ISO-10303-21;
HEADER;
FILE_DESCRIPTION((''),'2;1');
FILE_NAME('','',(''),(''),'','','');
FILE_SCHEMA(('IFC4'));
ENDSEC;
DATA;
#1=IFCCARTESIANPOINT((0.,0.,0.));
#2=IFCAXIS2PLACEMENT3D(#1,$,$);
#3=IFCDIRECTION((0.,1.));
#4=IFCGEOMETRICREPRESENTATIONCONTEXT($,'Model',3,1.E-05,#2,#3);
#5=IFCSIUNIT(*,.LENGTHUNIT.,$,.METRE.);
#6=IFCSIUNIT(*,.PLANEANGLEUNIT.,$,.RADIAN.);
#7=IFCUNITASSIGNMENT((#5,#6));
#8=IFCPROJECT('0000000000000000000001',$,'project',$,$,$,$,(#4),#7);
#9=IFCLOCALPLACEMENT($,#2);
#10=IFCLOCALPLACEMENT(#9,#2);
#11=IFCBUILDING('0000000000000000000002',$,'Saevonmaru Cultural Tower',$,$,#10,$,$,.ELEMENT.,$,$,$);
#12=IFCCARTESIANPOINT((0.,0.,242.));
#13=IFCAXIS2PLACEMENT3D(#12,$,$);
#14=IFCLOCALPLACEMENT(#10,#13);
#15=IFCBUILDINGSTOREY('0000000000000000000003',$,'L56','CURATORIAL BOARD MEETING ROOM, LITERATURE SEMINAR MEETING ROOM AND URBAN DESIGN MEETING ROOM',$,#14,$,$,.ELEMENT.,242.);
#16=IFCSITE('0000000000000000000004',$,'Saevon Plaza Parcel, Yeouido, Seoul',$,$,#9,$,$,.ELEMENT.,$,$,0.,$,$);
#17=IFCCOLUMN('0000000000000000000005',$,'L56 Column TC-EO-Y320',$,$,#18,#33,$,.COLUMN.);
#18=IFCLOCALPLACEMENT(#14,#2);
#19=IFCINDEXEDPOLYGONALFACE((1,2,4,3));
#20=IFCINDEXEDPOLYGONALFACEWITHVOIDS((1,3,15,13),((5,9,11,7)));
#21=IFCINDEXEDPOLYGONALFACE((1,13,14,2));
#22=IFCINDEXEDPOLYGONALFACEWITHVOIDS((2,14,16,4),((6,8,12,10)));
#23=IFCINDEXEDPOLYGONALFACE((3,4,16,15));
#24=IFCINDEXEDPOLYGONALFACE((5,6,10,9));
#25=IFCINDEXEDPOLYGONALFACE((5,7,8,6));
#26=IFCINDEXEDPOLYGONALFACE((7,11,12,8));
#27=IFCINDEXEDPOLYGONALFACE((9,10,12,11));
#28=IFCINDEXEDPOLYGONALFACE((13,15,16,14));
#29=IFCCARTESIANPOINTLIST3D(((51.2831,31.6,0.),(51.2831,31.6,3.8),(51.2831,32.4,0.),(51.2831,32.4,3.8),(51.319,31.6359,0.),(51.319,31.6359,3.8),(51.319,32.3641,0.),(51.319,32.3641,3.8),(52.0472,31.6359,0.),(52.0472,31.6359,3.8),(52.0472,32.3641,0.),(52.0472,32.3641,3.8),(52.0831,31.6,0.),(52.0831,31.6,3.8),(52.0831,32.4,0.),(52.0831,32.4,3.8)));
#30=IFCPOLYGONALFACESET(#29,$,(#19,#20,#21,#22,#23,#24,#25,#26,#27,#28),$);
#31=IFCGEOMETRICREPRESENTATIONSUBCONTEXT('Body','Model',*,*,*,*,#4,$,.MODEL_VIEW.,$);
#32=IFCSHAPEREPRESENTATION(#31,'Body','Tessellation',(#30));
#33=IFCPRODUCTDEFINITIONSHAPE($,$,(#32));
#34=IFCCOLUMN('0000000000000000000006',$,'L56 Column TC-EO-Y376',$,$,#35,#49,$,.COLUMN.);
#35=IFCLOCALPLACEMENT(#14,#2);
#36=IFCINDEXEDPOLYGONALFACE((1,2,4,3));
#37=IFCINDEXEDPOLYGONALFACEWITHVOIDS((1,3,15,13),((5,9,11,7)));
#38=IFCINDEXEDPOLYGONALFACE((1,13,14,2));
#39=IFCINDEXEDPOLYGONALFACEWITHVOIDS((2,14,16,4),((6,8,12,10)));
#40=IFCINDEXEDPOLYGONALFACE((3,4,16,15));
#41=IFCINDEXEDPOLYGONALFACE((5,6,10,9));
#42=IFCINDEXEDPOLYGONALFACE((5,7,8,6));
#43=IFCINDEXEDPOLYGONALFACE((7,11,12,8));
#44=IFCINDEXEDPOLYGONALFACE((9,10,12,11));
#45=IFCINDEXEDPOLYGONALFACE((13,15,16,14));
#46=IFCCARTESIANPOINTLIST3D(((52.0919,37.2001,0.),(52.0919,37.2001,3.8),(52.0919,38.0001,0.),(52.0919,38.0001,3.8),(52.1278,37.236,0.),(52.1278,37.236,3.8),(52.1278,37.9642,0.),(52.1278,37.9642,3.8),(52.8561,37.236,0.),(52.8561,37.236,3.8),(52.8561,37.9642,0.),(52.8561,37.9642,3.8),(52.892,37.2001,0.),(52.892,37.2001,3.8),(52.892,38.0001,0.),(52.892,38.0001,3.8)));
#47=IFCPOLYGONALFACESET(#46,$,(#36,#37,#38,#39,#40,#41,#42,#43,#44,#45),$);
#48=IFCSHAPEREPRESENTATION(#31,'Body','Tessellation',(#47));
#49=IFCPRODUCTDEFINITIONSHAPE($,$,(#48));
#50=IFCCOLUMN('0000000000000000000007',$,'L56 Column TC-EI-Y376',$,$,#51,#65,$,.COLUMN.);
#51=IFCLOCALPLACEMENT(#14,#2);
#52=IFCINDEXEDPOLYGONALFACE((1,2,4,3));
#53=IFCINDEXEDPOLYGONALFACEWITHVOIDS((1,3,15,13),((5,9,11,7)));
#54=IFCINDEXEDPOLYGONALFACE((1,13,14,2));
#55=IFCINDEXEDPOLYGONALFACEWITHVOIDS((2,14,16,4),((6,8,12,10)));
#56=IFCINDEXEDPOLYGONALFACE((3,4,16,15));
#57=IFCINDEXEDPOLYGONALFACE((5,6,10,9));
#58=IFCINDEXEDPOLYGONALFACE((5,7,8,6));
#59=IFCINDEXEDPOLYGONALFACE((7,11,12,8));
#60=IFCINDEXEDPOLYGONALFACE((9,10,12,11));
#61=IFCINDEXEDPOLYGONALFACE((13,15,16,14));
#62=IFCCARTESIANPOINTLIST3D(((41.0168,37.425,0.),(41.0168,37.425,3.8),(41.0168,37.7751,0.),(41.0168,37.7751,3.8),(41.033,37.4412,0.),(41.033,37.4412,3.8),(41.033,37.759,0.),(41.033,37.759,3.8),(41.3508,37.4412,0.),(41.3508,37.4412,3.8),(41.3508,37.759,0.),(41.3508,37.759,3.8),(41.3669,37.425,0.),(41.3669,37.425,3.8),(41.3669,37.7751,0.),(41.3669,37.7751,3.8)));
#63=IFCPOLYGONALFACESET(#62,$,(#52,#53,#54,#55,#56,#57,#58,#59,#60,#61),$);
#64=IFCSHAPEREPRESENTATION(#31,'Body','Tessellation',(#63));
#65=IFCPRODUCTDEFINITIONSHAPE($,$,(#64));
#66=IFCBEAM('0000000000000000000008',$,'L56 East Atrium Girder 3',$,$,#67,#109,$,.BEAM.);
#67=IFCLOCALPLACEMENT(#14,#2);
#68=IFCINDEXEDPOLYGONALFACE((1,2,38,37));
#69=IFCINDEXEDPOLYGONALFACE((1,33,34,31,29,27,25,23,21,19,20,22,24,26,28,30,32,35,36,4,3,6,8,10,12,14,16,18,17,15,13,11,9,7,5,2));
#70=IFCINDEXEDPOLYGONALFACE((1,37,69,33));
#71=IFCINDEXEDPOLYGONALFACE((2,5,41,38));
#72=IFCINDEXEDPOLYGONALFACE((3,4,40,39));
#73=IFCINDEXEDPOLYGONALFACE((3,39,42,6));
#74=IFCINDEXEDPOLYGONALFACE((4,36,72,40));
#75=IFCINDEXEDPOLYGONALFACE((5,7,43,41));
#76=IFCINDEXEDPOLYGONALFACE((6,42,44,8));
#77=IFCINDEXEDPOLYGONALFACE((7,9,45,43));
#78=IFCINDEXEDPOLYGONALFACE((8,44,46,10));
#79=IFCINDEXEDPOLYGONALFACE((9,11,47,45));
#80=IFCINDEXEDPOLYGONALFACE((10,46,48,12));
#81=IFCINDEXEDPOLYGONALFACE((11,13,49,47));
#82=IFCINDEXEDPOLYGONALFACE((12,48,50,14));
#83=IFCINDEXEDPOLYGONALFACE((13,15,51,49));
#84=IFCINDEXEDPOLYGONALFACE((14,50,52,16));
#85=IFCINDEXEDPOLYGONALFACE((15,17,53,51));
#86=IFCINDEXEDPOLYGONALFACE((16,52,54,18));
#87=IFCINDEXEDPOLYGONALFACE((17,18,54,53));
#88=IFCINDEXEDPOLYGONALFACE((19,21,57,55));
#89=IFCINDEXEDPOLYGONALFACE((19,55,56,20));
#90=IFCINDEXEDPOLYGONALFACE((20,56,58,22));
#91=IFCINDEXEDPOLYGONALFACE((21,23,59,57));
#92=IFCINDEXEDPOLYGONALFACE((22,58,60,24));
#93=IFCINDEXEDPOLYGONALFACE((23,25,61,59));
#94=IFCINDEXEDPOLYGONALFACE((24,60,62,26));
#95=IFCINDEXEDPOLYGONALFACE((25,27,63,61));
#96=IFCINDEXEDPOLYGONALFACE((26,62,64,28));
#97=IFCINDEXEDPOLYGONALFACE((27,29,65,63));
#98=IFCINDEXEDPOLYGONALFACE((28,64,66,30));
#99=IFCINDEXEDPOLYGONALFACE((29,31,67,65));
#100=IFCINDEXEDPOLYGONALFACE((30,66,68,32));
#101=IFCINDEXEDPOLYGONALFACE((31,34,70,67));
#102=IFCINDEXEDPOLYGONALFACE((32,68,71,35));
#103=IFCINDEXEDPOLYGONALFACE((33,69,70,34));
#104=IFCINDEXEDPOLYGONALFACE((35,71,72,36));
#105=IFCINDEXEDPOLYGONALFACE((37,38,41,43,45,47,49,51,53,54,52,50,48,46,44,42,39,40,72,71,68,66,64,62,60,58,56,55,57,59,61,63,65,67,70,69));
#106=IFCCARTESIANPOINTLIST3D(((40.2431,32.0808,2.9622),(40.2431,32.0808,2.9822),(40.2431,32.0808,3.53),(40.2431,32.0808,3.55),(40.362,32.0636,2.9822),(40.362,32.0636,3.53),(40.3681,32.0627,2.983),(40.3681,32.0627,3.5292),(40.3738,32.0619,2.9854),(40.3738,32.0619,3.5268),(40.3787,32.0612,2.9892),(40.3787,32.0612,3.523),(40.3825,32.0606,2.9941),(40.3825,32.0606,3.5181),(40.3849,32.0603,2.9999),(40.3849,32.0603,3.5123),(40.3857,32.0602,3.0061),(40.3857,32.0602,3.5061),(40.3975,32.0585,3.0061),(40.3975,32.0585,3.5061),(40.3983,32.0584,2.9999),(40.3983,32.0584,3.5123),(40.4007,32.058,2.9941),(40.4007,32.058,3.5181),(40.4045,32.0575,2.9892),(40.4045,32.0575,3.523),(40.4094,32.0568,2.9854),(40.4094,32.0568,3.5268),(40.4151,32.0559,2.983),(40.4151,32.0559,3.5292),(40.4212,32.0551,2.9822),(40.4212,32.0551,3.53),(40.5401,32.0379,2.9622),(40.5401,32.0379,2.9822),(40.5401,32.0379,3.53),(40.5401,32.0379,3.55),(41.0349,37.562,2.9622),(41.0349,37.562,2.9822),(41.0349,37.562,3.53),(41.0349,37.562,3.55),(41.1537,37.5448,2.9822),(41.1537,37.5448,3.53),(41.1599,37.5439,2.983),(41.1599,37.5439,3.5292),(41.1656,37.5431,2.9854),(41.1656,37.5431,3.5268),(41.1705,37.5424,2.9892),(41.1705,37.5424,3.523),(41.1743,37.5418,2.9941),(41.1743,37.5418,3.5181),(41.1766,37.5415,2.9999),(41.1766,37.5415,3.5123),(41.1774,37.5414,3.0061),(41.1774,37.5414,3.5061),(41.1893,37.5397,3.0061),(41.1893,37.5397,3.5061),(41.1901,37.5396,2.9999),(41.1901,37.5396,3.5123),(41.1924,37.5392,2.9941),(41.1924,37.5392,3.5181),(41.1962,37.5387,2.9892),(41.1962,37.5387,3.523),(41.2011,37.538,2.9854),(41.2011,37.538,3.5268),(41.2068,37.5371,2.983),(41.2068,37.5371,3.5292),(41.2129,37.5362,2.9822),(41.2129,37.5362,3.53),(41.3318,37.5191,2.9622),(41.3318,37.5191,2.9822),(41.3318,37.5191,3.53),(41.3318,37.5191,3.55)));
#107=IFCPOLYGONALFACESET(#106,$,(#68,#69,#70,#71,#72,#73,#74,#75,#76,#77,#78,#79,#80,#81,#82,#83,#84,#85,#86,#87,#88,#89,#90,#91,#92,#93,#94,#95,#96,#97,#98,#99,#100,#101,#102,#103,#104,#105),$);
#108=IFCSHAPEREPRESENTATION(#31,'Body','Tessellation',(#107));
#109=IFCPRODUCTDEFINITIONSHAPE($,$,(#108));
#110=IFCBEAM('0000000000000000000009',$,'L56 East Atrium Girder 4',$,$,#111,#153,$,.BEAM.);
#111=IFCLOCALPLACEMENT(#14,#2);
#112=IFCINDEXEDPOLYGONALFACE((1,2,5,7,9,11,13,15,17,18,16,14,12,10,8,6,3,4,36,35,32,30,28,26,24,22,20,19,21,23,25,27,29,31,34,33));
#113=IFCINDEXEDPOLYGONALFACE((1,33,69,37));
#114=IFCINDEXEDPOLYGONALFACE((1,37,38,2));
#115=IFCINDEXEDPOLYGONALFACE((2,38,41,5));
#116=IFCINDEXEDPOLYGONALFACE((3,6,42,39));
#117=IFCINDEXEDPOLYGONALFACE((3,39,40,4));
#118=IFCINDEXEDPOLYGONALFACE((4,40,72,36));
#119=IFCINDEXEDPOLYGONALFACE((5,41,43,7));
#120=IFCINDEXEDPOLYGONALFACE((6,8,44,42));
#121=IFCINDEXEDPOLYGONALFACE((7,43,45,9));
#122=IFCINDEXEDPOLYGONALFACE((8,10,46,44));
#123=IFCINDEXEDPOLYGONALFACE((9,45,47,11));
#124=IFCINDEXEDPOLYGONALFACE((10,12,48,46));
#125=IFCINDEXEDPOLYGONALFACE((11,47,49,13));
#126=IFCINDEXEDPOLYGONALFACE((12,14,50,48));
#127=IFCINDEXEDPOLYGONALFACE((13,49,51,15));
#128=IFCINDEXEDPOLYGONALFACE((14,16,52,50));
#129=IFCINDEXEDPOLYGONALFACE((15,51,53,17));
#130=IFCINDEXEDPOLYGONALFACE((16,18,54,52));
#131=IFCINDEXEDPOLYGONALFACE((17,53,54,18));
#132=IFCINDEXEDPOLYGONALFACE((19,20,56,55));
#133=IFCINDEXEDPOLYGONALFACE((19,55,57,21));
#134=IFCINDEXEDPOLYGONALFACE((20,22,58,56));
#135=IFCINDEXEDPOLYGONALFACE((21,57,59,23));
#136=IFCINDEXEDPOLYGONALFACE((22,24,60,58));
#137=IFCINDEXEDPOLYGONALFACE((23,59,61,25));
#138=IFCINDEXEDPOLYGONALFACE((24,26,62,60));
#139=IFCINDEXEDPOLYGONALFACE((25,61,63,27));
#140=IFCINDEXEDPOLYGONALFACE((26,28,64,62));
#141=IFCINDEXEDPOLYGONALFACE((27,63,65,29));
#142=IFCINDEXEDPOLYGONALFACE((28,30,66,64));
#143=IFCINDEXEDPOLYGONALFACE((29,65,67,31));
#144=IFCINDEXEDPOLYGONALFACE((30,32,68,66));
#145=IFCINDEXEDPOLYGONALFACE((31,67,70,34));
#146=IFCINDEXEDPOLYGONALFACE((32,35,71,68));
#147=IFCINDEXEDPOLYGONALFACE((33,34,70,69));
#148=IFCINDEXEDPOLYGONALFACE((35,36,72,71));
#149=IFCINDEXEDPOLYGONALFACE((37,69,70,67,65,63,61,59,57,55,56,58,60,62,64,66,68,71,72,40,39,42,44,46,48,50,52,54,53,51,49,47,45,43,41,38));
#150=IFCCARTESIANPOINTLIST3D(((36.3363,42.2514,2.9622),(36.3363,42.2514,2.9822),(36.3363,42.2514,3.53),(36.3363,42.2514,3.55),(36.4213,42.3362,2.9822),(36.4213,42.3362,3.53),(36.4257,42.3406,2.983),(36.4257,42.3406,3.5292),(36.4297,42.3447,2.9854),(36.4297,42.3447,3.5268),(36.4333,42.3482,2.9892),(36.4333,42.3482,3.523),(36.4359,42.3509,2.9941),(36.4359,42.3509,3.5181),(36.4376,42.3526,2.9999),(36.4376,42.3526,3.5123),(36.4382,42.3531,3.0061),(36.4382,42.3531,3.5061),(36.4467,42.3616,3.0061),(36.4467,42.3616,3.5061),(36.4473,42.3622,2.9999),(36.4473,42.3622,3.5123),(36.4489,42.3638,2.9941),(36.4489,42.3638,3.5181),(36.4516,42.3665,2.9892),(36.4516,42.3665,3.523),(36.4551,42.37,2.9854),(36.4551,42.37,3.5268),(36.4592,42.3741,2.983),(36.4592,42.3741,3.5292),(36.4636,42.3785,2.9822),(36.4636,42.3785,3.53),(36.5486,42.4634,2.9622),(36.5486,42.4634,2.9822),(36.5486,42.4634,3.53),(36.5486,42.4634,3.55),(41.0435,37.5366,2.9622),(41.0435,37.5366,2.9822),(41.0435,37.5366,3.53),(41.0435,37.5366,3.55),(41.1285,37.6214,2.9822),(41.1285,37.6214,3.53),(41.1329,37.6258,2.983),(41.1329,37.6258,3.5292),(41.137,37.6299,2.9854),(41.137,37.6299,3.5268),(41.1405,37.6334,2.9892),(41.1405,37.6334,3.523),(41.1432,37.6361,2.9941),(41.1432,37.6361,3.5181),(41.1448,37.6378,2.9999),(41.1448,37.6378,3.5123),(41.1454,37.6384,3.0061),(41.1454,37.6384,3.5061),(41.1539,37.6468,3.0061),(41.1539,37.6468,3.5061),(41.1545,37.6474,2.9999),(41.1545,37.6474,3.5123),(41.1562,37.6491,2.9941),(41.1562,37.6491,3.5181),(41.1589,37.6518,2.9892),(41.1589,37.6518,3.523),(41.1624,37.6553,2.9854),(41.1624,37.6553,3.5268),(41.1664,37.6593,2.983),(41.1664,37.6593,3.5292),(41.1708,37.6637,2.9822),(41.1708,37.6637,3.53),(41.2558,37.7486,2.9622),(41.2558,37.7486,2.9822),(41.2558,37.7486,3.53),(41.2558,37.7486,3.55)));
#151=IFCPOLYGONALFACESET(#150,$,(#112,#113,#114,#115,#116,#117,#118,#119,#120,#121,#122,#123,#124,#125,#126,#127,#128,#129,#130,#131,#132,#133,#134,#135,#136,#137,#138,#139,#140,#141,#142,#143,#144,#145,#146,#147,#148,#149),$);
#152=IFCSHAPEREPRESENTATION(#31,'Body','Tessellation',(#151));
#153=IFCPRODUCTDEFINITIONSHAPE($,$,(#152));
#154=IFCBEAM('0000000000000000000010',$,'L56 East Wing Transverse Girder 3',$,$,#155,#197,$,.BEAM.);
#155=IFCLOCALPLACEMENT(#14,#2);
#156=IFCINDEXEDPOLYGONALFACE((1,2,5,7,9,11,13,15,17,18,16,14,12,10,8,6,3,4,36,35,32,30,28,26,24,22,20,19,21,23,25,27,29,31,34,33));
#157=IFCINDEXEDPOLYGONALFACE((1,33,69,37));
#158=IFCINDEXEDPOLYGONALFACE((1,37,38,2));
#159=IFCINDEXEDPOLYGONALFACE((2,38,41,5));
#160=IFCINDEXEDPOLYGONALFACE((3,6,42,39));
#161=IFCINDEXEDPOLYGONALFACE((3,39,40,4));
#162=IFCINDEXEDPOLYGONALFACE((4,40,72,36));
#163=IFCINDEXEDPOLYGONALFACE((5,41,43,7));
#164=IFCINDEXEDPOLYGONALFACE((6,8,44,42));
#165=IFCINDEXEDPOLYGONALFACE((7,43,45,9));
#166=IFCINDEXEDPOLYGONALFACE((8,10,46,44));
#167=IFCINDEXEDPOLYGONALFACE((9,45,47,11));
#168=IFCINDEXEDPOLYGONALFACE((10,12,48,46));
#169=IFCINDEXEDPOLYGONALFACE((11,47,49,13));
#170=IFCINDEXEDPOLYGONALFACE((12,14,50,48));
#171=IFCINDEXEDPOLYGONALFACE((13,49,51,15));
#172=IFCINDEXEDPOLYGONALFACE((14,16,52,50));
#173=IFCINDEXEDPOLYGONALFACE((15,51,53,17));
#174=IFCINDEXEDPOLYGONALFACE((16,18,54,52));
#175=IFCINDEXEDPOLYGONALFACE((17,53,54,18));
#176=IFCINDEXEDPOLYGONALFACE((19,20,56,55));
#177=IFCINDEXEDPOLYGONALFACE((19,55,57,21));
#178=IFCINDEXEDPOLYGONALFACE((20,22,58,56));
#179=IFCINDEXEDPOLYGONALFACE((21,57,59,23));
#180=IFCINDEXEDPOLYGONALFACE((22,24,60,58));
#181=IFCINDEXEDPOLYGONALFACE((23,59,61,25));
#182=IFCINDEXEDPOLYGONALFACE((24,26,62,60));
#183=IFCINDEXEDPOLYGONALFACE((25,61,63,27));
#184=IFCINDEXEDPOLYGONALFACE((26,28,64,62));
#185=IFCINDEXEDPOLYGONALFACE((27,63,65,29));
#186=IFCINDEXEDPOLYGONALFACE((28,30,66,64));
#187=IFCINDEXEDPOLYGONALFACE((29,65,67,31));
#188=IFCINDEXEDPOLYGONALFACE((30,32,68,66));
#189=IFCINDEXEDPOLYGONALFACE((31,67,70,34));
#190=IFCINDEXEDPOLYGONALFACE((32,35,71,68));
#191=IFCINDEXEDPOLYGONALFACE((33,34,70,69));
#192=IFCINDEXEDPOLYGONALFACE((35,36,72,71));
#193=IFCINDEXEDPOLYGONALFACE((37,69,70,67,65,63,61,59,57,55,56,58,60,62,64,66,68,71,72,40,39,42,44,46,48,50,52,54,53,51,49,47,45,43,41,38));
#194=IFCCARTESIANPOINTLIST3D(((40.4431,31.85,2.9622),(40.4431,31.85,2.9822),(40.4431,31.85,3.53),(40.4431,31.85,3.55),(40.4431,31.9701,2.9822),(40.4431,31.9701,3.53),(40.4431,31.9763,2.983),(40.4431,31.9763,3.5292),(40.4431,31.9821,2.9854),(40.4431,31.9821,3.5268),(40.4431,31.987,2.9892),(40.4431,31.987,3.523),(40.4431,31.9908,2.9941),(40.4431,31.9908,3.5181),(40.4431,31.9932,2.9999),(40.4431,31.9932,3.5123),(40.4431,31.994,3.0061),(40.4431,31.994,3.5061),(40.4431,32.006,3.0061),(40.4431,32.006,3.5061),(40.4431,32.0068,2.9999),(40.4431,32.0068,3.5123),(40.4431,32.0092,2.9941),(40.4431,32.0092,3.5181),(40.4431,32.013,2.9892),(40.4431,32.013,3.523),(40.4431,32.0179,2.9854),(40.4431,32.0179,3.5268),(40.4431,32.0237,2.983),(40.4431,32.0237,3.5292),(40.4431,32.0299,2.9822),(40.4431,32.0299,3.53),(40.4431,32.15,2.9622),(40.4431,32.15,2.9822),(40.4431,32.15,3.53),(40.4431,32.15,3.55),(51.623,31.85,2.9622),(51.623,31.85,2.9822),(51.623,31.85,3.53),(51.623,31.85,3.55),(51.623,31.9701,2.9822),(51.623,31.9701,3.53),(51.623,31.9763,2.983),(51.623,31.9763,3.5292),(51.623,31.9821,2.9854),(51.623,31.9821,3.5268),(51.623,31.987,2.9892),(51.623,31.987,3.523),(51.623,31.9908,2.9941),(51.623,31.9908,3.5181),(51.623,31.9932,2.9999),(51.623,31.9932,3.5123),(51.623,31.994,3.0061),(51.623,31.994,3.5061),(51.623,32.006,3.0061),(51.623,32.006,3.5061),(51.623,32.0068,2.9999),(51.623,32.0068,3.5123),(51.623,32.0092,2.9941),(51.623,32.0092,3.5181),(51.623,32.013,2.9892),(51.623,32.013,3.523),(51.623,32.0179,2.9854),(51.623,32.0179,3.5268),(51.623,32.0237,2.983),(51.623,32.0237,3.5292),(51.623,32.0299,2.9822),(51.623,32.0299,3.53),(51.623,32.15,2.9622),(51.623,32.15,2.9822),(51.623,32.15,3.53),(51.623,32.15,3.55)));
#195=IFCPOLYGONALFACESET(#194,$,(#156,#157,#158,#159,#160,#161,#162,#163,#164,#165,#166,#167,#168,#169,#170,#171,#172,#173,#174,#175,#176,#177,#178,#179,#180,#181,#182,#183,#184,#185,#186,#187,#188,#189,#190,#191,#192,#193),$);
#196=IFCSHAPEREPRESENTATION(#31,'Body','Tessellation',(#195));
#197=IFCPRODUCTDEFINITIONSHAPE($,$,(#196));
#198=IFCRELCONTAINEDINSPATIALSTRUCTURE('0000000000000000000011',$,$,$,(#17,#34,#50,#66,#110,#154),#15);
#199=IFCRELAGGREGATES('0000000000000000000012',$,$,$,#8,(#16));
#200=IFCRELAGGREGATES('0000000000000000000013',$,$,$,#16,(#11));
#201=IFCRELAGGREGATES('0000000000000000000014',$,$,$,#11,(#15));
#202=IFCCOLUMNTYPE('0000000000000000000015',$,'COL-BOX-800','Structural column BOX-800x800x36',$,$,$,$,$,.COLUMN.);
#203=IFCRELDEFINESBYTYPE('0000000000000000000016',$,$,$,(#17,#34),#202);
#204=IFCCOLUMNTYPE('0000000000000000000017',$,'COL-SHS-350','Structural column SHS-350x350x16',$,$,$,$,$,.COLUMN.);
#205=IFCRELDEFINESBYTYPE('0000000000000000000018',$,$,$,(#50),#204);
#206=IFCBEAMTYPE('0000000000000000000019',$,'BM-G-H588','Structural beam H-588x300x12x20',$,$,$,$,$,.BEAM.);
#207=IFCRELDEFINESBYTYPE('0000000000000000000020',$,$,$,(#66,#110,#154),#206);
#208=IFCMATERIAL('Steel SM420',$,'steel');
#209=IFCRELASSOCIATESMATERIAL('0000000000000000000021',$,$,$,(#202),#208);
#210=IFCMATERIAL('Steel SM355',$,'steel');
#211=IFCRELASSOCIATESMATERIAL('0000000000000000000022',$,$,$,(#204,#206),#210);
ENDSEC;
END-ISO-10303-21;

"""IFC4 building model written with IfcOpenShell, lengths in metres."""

from ifc_helpers import new_model, si_unit, direction, frame, origin, origin_2d, place, context, subcontext, project, spatial, hollow_rectangle, i_section, extrude, material, material_profile, profile_set, type_object, element, save


model = new_model("IFC4")

# Units and contexts
model_context = context("Model", 3, precision=1e-05, world=origin(), true_north=direction((0.0, 1.0)))
body_context = subcontext(model_context, "Body", "Model", "MODEL_VIEW")
ifc_project = project(units=[si_unit("LENGTHUNIT", "METRE"), si_unit("PLANEANGLEUNIT", "RADIAN")], contexts=[model_context])

# Site, building, storey
site_placement = place(None, origin())
site = spatial("IfcSite", under=ifc_project, at=site_placement, Name="Saevon Plaza Parcel, Yeouido, Seoul", CompositionType="ELEMENT", RefElevation=0.0)
building_placement = place(site_placement, origin())
building = spatial("IfcBuilding", under=site, at=building_placement, Name="Saevonmaru Cultural Tower", CompositionType="ELEMENT")
storey_placement = place(building_placement, frame((0.0, 0.0, 242.0)))
storey = spatial("IfcBuildingStorey", under=building, at=storey_placement, Name="L56", Description="CURATORIAL BOARD MEETING ROOM, LITERATURE SEMINAR MEETING ROOM AND URBAN DESIGN MEETING ROOM", CompositionType="ELEMENT", Elevation=242.0)

# Columns
ifc_material_1 = material(Name="Steel SM420", Category="steel")
ifc_material_profile_1 = material_profile(ifc_material_1, hollow_rectangle(XDim=0.8, YDim=0.8, WallThickness=0.0359, at=origin_2d()), Name="BOX-800x800x36")
ifc_profile_set_1 = profile_set([ifc_material_profile_1], Name="Steel SM420")
column_type_1 = type_object("IfcColumnType", Name="COL-BOX-800", Description="Structural column BOX-800x800x36", PredefinedType="COLUMN", material=ifc_profile_set_1)
for number, where, z_axis, x_axis, name in (
    (1, (51.6831, 32.0, 0.0), (0.0, 0.0, 1.0), (1.0, 0.0, 0.0), "L56 Column TC-EO-Y320"),
    (2, (52.4919, 37.6001, 0.0), (0.0, 0.0, 1.0), (1.0, 0.0, 0.0), "L56 Column TC-EO-Y376"),
):
    element("IfcColumn", number, at=place(storey_placement, frame(where, z_axis=z_axis, x_axis=x_axis)), inside=storey, type_object=column_type_1, Name=name, PredefinedType="COLUMN", context=body_context, shape_type="SweptSolid", body=[
        extrude(hollow_rectangle(XDim=0.8, YDim=0.8, WallThickness=0.0359, at=origin_2d()), origin(), (0.0, 0.0, 1.0), 3.8),
    ])
ifc_material_2 = material(Name="Steel SM355", Category="steel")
ifc_material_profile_2 = material_profile(ifc_material_2, hollow_rectangle(XDim=0.3501, YDim=0.3501, WallThickness=0.0161, at=origin_2d()), Name="SHS-350x350x16")
ifc_profile_set_2 = profile_set([ifc_material_profile_2], Name="Steel SM355")
column_type_2 = type_object("IfcColumnType", Name="COL-SHS-350", Description="Structural column SHS-350x350x16", PredefinedType="COLUMN", material=ifc_profile_set_2)
column_placement = place(storey_placement, frame((41.1919, 37.6001, 0.0), z_axis=(0.0, 0.0, 1.0), x_axis=(1.0, 0.0, 0.0)))
element("IfcColumn", 3, at=column_placement, inside=storey, type_object=column_type_2, Name="L56 Column TC-EI-Y376", PredefinedType="COLUMN", context=body_context, shape_type="SweptSolid", body=[
    extrude(hollow_rectangle(XDim=0.3501, YDim=0.3501, WallThickness=0.0161, at=origin_2d()), origin(), (0.0, 0.0, 1.0), 3.8),
])

# Beams
ifc_material_profile_3 = material_profile(ifc_material_2, i_section(OverallWidth=0.3, OverallDepth=0.5879, WebThickness=0.012, FlangeThickness=0.02, FilletRadius=0.0239, at=origin_2d()), Name="H-588x300x12x20")
ifc_profile_set_3 = profile_set([ifc_material_profile_3], Name="Steel SM355")
beam_type_1 = type_object("IfcBeamType", Name="BM-G-H588", Description="Structural beam H-588x300x12x20", PredefinedType="BEAM", material=ifc_profile_set_3)
beam_1_placement = place(storey_placement, frame((40.3916, 32.0593, 3.2561), z_axis=(0.142964, 0.989728, 0.0), x_axis=(-0.989728, 0.142964, 0.0)))
element("IfcBeam", 4, at=beam_1_placement, inside=storey, type_object=beam_type_1, Name="L56 East Atrium Girder 3", PredefinedType="BEAM", context=body_context, shape_type="SweptSolid", body=[
    extrude(i_section(OverallWidth=0.3, OverallDepth=0.5879, WebThickness=0.012, FlangeThickness=0.02, FilletRadius=0.0239, at=origin_2d()), origin(), (0.0, 0.0, 1.0), 5.5381),
])
beam_2_placement = place(storey_placement, frame((41.1497, 37.6426, 3.2561), z_axis=(-0.706539, 0.707675, 0.0), x_axis=(-0.707675, -0.706539, 0.0)))
element("IfcBeam", 5, at=beam_2_placement, inside=storey, type_object=beam_type_1, Name="L56 East Atrium Girder 4", PredefinedType="BEAM", context=body_context, shape_type="SweptSolid", body=[
    extrude(i_section(OverallWidth=0.3, OverallDepth=0.5879, WebThickness=0.012, FlangeThickness=0.02, FilletRadius=0.0239, at=origin_2d()), origin(), (0.0, 0.0, 1.0), 6.6624),
])
for number, where, z_axis, x_axis, name in (
    (6, (40.4431, 32.0, 3.2561), (1.0, 0.0, 0.0), (0.0, 1.0, 0.0), "L56 East Wing Transverse Girder 3"),
):
    element("IfcBeam", number, at=place(storey_placement, frame(where, z_axis=z_axis, x_axis=x_axis)), inside=storey, type_object=beam_type_1, Name=name, PredefinedType="BEAM", context=body_context, shape_type="SweptSolid", body=[
        extrude(i_section(OverallWidth=0.3, OverallDepth=0.5879, WebThickness=0.012, FlangeThickness=0.02, FilletRadius=0.0239, at=origin_2d()), origin(), (0.0, 0.0, 1.0), 11.1799),
    ])

save(model, "model.ifc")
